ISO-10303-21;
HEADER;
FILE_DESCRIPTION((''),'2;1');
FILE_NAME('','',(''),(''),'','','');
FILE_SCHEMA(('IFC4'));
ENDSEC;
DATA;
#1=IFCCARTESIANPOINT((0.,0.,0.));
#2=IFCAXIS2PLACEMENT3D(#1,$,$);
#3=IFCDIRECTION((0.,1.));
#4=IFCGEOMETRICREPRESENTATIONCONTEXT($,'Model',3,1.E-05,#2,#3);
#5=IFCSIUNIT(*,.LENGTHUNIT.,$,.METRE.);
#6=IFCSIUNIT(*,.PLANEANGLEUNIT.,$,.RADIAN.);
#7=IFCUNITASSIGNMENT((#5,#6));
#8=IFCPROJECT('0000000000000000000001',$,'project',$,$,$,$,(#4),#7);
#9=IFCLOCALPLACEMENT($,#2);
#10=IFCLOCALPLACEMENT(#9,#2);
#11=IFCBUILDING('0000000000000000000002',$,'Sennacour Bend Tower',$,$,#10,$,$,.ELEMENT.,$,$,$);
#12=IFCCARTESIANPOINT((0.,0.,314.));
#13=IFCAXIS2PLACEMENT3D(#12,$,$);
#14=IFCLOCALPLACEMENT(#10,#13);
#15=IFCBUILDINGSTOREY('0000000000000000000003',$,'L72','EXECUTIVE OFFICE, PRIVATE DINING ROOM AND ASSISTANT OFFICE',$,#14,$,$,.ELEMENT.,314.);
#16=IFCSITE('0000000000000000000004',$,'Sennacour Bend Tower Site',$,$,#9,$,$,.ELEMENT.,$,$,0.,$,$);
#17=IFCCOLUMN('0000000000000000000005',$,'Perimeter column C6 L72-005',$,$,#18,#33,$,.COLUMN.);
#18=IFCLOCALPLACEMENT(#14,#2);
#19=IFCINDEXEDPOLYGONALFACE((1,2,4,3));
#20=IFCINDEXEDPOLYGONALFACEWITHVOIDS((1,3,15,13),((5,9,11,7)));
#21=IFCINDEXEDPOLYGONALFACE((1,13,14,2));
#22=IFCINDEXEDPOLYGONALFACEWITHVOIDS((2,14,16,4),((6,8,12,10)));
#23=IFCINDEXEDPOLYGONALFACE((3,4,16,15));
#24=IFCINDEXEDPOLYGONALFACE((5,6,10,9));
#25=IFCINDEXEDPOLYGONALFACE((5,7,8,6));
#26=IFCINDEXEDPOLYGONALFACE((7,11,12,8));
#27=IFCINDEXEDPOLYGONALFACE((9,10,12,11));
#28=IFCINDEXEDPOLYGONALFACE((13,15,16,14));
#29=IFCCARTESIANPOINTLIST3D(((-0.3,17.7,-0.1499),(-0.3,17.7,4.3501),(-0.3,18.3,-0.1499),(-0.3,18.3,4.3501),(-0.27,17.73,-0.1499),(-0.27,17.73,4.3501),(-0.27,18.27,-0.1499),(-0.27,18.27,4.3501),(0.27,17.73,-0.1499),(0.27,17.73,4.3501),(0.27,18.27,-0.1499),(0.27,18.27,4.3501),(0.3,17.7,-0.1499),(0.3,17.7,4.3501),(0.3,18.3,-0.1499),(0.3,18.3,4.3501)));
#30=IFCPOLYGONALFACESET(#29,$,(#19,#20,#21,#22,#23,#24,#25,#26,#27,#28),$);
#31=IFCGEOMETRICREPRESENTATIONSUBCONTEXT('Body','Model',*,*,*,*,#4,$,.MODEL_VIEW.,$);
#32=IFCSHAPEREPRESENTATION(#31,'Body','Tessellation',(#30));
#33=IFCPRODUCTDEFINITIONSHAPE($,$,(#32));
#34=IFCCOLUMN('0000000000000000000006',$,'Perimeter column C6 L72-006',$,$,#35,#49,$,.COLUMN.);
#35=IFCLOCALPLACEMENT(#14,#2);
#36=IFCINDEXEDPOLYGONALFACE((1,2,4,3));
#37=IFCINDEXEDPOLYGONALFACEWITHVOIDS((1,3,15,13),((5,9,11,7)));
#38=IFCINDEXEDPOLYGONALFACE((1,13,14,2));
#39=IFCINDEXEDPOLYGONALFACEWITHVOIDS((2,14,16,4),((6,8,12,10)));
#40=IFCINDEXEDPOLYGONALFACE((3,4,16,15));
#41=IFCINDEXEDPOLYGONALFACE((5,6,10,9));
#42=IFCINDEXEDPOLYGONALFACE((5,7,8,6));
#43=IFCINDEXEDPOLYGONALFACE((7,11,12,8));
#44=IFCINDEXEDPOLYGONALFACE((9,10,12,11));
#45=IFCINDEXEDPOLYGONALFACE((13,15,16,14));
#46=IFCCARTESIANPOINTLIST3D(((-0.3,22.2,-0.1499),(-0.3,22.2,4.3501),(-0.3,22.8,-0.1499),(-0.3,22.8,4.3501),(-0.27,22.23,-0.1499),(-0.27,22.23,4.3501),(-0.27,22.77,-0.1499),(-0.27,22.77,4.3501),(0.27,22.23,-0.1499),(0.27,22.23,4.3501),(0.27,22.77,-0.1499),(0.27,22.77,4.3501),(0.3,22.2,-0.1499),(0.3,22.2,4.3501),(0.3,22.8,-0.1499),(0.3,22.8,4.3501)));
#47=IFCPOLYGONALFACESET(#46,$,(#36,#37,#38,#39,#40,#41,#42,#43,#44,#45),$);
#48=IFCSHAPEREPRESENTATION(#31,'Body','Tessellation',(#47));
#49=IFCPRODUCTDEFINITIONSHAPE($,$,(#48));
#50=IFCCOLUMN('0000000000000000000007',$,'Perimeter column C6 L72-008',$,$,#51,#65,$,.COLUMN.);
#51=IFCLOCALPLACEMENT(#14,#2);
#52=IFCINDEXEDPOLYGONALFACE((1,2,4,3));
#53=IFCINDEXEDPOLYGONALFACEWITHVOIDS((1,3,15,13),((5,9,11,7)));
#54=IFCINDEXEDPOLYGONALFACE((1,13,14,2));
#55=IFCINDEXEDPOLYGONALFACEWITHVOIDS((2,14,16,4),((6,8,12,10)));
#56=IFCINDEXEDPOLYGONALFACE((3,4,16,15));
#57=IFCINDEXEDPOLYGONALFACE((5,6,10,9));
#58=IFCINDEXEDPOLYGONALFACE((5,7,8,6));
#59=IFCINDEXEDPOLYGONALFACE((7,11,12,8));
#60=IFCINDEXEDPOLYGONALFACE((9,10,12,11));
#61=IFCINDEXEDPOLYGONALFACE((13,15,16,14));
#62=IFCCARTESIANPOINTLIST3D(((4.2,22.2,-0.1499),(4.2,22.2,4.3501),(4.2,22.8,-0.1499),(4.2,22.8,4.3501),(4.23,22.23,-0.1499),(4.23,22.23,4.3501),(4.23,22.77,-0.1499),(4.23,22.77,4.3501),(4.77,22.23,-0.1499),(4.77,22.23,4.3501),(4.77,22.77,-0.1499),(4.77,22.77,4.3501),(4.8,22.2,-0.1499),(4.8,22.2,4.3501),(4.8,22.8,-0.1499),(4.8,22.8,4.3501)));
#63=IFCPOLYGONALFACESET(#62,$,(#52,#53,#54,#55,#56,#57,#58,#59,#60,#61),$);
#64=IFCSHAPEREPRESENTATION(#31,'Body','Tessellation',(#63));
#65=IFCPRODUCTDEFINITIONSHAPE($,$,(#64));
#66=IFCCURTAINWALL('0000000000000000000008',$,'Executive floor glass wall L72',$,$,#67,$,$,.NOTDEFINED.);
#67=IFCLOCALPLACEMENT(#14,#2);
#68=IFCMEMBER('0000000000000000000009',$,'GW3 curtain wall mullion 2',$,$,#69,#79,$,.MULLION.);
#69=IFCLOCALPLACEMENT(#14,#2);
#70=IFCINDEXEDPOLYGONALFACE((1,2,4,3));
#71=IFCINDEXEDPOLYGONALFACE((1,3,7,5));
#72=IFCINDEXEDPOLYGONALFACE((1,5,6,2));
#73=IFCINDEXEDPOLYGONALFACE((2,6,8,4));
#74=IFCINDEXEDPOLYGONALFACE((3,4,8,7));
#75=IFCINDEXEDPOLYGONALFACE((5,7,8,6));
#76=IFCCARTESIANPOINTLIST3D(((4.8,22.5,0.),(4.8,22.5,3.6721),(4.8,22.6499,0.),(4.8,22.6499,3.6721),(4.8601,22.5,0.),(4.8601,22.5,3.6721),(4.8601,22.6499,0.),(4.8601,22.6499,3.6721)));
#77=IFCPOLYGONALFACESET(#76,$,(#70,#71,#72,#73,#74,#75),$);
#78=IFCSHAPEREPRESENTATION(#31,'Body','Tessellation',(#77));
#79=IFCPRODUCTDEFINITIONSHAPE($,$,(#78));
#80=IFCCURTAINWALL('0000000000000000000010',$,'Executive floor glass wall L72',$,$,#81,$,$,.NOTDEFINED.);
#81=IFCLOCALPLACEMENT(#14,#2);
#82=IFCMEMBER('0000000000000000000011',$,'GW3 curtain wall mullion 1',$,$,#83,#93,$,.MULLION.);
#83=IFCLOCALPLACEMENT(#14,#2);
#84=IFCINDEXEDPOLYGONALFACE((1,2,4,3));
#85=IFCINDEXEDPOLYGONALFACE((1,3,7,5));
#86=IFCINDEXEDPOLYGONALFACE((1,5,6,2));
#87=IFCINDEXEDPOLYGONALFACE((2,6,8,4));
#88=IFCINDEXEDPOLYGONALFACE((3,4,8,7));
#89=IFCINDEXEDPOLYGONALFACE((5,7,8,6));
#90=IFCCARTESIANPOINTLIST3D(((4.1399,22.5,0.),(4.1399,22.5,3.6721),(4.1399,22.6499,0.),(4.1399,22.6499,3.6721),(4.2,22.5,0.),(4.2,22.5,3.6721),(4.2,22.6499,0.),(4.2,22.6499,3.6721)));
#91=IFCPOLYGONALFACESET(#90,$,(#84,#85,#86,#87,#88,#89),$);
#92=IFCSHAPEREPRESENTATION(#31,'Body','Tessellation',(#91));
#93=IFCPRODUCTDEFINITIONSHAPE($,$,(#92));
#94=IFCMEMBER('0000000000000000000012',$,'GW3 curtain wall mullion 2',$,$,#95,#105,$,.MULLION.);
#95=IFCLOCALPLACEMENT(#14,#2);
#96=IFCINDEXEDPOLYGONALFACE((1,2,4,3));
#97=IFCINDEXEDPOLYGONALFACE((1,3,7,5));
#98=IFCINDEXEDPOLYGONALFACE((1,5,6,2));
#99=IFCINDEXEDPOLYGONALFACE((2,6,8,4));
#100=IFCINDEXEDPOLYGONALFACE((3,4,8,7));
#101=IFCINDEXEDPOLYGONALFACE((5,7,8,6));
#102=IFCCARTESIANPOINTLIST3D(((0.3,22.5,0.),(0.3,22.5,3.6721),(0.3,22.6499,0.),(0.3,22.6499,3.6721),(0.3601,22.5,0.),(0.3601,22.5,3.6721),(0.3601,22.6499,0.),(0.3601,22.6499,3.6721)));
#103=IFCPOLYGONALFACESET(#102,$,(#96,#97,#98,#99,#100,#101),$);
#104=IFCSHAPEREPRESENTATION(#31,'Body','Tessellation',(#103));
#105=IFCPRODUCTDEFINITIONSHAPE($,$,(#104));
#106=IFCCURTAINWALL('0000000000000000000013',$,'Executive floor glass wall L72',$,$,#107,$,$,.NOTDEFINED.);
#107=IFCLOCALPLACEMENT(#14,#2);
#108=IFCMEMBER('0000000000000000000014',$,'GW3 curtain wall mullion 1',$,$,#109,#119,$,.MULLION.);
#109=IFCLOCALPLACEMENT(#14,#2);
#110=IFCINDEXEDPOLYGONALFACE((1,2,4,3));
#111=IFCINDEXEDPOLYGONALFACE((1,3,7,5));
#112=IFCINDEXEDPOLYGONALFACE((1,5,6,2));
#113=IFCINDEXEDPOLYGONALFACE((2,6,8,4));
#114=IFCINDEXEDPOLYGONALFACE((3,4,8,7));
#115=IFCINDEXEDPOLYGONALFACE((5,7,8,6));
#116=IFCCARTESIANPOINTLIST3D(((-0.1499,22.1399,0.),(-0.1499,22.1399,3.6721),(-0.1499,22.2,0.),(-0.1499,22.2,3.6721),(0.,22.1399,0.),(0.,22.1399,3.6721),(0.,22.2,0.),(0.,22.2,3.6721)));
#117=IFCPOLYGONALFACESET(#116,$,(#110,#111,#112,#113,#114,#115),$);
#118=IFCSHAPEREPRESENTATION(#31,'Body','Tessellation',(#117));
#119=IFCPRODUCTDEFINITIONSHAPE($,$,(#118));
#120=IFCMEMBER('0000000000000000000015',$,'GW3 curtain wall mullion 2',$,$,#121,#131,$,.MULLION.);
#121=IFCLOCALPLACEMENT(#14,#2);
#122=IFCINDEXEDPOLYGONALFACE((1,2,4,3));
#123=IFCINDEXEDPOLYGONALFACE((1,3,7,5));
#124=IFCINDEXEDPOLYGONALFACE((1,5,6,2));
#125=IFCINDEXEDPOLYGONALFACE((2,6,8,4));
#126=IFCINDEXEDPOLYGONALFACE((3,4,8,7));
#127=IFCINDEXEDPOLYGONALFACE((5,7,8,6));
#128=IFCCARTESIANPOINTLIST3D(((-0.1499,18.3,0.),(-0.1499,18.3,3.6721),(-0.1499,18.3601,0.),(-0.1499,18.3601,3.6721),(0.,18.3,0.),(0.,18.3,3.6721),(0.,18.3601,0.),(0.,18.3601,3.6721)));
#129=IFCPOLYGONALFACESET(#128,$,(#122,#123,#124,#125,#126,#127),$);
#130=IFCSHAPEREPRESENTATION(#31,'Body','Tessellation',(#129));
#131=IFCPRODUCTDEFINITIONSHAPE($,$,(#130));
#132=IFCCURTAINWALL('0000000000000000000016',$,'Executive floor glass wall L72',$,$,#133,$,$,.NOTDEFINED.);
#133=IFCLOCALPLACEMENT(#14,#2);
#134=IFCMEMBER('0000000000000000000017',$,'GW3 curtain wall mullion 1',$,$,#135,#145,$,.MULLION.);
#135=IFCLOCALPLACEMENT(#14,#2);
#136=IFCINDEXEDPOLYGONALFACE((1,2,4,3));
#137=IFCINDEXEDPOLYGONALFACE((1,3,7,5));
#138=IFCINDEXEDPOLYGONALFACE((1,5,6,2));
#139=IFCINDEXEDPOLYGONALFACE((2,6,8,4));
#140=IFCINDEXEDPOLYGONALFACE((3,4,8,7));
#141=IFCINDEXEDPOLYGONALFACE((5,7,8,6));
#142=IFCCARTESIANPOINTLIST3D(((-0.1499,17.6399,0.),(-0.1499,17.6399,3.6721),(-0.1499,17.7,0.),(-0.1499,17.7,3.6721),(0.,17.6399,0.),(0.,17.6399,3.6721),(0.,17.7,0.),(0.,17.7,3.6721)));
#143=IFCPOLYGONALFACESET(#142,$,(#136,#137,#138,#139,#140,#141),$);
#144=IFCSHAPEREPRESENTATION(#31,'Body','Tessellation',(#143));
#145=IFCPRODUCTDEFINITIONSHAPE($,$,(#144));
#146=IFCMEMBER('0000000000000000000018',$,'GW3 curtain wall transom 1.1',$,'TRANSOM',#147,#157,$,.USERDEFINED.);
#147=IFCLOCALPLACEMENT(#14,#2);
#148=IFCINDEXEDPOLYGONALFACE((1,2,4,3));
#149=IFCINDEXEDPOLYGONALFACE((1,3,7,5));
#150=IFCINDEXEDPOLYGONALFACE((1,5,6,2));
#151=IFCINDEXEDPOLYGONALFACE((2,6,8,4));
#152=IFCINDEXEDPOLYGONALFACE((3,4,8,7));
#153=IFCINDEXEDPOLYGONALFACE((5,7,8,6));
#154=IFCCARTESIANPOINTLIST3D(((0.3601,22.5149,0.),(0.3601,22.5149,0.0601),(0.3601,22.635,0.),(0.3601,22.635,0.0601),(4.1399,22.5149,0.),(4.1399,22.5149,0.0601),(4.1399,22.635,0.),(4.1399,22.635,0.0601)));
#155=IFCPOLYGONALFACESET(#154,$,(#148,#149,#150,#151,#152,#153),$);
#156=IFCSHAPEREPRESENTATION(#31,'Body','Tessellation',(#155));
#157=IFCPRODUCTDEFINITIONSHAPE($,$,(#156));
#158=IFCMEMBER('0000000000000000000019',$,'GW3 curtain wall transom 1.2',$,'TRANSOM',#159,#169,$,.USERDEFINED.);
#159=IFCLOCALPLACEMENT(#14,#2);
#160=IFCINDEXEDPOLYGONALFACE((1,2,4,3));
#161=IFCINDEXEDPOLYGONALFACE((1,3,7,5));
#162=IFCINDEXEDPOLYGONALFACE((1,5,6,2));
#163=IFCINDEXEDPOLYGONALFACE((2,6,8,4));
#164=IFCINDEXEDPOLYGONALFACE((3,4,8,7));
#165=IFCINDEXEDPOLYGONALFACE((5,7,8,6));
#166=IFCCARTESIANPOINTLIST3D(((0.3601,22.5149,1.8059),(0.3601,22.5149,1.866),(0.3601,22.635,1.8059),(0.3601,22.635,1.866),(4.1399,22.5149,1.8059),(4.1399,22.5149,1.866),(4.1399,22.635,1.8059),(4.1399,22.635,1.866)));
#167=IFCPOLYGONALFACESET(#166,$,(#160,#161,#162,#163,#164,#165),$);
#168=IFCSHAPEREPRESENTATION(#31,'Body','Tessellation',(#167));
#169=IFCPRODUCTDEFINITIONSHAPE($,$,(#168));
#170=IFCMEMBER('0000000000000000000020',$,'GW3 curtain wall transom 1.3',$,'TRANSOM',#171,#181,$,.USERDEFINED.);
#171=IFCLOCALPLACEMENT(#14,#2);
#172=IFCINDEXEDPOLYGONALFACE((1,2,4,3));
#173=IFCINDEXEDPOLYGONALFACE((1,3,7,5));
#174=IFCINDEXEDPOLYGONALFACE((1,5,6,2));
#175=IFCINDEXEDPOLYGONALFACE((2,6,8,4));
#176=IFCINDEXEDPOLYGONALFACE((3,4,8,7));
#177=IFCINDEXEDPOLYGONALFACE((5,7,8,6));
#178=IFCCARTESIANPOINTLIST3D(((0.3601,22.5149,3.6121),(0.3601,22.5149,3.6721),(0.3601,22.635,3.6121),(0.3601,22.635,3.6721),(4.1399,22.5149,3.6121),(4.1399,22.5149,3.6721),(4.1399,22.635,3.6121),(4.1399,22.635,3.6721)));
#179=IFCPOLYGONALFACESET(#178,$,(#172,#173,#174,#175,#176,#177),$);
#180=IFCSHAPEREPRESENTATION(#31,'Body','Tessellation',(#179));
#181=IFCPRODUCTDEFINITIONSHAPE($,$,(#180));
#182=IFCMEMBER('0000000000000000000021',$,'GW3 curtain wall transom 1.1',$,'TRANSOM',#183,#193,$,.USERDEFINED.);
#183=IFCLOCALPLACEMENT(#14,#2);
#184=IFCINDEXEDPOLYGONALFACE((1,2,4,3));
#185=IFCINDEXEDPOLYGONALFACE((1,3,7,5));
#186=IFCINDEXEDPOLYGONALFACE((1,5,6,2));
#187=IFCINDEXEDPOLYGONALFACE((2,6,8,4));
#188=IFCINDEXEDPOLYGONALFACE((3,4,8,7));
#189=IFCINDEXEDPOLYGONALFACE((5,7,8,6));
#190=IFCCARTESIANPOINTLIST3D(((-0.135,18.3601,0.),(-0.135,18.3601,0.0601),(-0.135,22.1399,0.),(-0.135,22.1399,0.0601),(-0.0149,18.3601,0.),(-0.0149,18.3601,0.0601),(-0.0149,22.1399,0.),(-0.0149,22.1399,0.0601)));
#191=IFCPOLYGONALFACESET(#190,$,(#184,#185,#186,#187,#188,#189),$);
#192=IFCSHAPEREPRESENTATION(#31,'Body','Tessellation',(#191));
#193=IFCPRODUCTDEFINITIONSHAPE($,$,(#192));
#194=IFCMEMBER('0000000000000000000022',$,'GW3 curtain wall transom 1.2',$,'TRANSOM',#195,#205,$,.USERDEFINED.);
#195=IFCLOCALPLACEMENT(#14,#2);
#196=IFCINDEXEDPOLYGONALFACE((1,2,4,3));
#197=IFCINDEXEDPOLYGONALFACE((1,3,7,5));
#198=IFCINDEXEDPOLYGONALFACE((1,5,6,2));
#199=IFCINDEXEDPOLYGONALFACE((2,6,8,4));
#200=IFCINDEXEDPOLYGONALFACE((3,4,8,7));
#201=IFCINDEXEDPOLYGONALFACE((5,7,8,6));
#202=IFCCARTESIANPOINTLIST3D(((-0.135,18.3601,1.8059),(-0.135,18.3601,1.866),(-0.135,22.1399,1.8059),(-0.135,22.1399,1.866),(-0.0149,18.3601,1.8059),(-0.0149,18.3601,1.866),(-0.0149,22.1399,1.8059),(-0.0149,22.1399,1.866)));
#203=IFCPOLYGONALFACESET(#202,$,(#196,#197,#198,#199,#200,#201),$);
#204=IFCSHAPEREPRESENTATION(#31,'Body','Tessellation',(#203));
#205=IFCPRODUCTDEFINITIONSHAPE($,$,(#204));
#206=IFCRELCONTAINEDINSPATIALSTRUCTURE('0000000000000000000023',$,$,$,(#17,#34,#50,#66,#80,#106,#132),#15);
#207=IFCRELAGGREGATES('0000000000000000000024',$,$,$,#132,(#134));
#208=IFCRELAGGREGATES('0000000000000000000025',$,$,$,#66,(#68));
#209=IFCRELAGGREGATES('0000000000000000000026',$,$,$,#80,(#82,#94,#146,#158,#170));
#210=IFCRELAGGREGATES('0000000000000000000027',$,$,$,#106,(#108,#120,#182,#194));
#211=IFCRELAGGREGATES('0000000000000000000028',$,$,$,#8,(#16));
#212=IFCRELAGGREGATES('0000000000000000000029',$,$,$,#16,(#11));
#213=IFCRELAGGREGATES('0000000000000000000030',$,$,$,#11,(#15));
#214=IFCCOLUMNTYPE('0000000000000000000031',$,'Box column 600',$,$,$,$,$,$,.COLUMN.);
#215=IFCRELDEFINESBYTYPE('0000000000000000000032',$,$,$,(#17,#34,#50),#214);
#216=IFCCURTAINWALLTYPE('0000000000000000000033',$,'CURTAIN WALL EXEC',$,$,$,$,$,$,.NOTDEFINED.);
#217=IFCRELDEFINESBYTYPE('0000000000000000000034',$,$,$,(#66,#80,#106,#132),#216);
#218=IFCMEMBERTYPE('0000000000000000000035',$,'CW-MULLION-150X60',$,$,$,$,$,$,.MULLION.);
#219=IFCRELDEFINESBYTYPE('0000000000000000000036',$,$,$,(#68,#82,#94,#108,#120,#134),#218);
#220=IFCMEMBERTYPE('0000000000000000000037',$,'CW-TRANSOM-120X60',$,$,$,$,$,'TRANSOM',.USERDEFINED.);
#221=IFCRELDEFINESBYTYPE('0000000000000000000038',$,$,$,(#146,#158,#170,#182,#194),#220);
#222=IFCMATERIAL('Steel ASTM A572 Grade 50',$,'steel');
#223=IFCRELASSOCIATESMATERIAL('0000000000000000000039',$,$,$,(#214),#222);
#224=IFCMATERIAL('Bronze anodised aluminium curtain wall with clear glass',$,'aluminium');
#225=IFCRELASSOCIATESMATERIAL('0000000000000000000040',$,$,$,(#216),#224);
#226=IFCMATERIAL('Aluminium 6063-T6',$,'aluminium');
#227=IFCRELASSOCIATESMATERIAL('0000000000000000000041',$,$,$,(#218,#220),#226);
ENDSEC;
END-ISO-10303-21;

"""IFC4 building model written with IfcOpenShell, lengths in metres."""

from ifc_helpers import new_model, si_unit, direction, frame, origin, origin_2d, place, context, subcontext, project, spatial, rectangle, hollow_rectangle, extrude, material, material_profile, profile_set, type_object, element, aggregate, save


model = new_model("IFC4")

# Units and contexts
model_context = context("Model", 3, precision=1e-05, world=origin(), true_north=direction((0.0, 1.0)))
body_context = subcontext(model_context, "Body", "Model", "MODEL_VIEW")
ifc_project = project(units=[si_unit("LENGTHUNIT", "METRE"), si_unit("PLANEANGLEUNIT", "RADIAN")], contexts=[model_context])

# Site, building, storey
site_placement = place(None, origin())
site = spatial("IfcSite", under=ifc_project, at=site_placement, Name="Sennacour Bend Tower Site", CompositionType="ELEMENT", RefElevation=0.0)
building_placement = place(site_placement, origin())
building = spatial("IfcBuilding", under=site, at=building_placement, Name="Sennacour Bend Tower", CompositionType="ELEMENT")
storey_placement = place(building_placement, frame((0.0, 0.0, 314.0)))
storey = spatial("IfcBuildingStorey", under=building, at=storey_placement, Name="L72", Description="EXECUTIVE OFFICE, PRIVATE DINING ROOM AND ASSISTANT OFFICE", CompositionType="ELEMENT", Elevation=314.0)

# Columns
ifc_material_1 = material(Name="Steel ASTM A572 Grade 50", Category="steel")
ifc_material_profile_1 = material_profile(ifc_material_1, hollow_rectangle(XDim=0.6001, YDim=0.6001, WallThickness=0.03, at=origin_2d()), Name="Steel ASTM A572 Grade 50", Category="steel")
ifc_profile_set_1 = profile_set([ifc_material_profile_1], Name="Steel ASTM A572 Grade 50")
column_type = type_object("IfcColumnType", Name="Box column 600", PredefinedType="COLUMN", material=ifc_profile_set_1)
for number, where, z_axis, x_axis, name in (
    (1, (0.0, 18.0, -0.1499), (0.0, 0.0, 1.0), (1.0, 0.0, 0.0), "Perimeter column C6 L72-005"),
    (2, (0.0, 22.5, -0.1499), (0.0, 0.0, 1.0), (1.0, 0.0, 0.0), "Perimeter column C6 L72-006"),
    (3, (4.5, 22.5, -0.1499), (0.0, 0.0, 1.0), (1.0, 0.0, 0.0), "Perimeter column C6 L72-008"),
):
    element("IfcColumn", number, at=place(storey_placement, frame(where, z_axis=z_axis, x_axis=x_axis)), inside=storey, type_object=column_type, Name=name, PredefinedType="COLUMN", context=body_context, shape_type="SweptSolid", body=[
        extrude(hollow_rectangle(XDim=0.6001, YDim=0.6001, WallThickness=0.03, at=origin_2d()), origin(), (0.0, 0.0, 1.0), 4.5),
    ])

# Curtain wall, member
ifc_material_2 = material(Name="Bronze anodised aluminium curtain wall with clear glass", Category="aluminium")
curtain_wall_type = type_object("IfcCurtainWallType", Name="CURTAIN WALL EXEC", PredefinedType="NOTDEFINED", material=ifc_material_2)
curtain_wall_1_placement = place(storey_placement, origin())
curtain_wall_1 = element("IfcCurtainWall", 4, at=curtain_wall_1_placement, inside=storey, type_object=curtain_wall_type, Name="Executive floor glass wall L72", PredefinedType="NOTDEFINED")
ifc_material_3 = material(Name="Aluminium 6063-T6", Category="aluminium")
ifc_material_profile_2 = material_profile(ifc_material_3, rectangle(XDim=0.1499, YDim=0.0601, at=origin_2d()), Name="Aluminium 6063-T6", Category="aluminium")
ifc_profile_set_2 = profile_set([ifc_material_profile_2], Name="Aluminium 6063-T6")
member_type_1 = type_object("IfcMemberType", Name="CW-MULLION-150X60", PredefinedType="MULLION", material=ifc_profile_set_2)
member_1_placement = place(storey_placement, frame((4.8301, 22.575, 0.0), z_axis=(0.0, 0.0, 1.0), x_axis=(0.0, -1.0, 0.0)))
member_1 = element("IfcMember", 5, at=member_1_placement, type_object=member_type_1, Name="GW3 curtain wall mullion 2", PredefinedType="MULLION", context=body_context, shape_type="SweptSolid", body=[
    extrude(rectangle(XDim=0.1499, YDim=0.0601, at=origin_2d()), origin(), (0.0, 0.0, 1.0), 3.6721),
])

# Curtain walls, members
curtain_wall_2_placement = place(storey_placement, origin())
curtain_wall_2 = element("IfcCurtainWall", 6, at=curtain_wall_2_placement, inside=storey, type_object=curtain_wall_type, Name="Executive floor glass wall L72", PredefinedType="NOTDEFINED")
member_2_placement = place(storey_placement, frame((4.1699, 22.575, 0.0), z_axis=(0.0, 0.0, 1.0), x_axis=(0.0, -1.0, 0.0)))
member_2 = element("IfcMember", 7, at=member_2_placement, type_object=member_type_1, Name="GW3 curtain wall mullion 1", PredefinedType="MULLION", context=body_context, shape_type="SweptSolid", body=[
    extrude(rectangle(XDim=0.1499, YDim=0.0601, at=origin_2d()), origin(), (0.0, 0.0, 1.0), 3.6721),
])
member_3_placement = place(storey_placement, frame((0.3301, 22.575, 0.0), z_axis=(0.0, 0.0, 1.0), x_axis=(0.0, -1.0, 0.0)))
member_3 = element("IfcMember", 8, at=member_3_placement, type_object=member_type_1, Name="GW3 curtain wall mullion 2", PredefinedType="MULLION", context=body_context, shape_type="SweptSolid", body=[
    extrude(rectangle(XDim=0.1499, YDim=0.0601, at=origin_2d()), origin(), (0.0, 0.0, 1.0), 3.6721),
])
curtain_wall_3_placement = place(storey_placement, origin())
curtain_wall_3 = element("IfcCurtainWall", 9, at=curtain_wall_3_placement, inside=storey, type_object=curtain_wall_type, Name="Executive floor glass wall L72", PredefinedType="NOTDEFINED")
member_4_placement = place(storey_placement, frame((-0.075, 22.1699, 0.0), z_axis=(0.0, 0.0, 1.0), x_axis=(1.0, 0.0, 0.0)))
member_4 = element("IfcMember", 10, at=member_4_placement, type_object=member_type_1, Name="GW3 curtain wall mullion 1", PredefinedType="MULLION", context=body_context, shape_type="SweptSolid", body=[
    extrude(rectangle(XDim=0.1499, YDim=0.0601, at=origin_2d()), origin(), (0.0, 0.0, 1.0), 3.6721),
])
member_5_placement = place(storey_placement, frame((-0.075, 18.3301, 0.0), z_axis=(0.0, 0.0, 1.0), x_axis=(1.0, 0.0, 0.0)))
member_5 = element("IfcMember", 11, at=member_5_placement, type_object=member_type_1, Name="GW3 curtain wall mullion 2", PredefinedType="MULLION", context=body_context, shape_type="SweptSolid", body=[
    extrude(rectangle(XDim=0.1499, YDim=0.0601, at=origin_2d()), origin(), (0.0, 0.0, 1.0), 3.6721),
])

# Curtain wall, member
curtain_wall_4_placement = place(storey_placement, origin())
curtain_wall_4 = element("IfcCurtainWall", 12, at=curtain_wall_4_placement, inside=storey, type_object=curtain_wall_type, Name="Executive floor glass wall L72", PredefinedType="NOTDEFINED")
member_6_placement = place(storey_placement, frame((-0.075, 17.6699, 0.0), z_axis=(0.0, 0.0, 1.0), x_axis=(1.0, 0.0, 0.0)))
member_6 = element("IfcMember", 13, at=member_6_placement, type_object=member_type_1, Name="GW3 curtain wall mullion 1", PredefinedType="MULLION", context=body_context, shape_type="SweptSolid", body=[
    extrude(rectangle(XDim=0.1499, YDim=0.0601, at=origin_2d()), origin(), (0.0, 0.0, 1.0), 3.6721),
])

# Members
ifc_material_profile_3 = material_profile(ifc_material_3, rectangle(XDim=0.1201, YDim=0.0601, at=origin_2d()), Name="Aluminium 6063-T6", Category="aluminium")
ifc_profile_set_3 = profile_set([ifc_material_profile_3], Name="Aluminium 6063-T6")
member_type_2 = type_object("IfcMemberType", Name="CW-TRANSOM-120X60", ElementType="TRANSOM", PredefinedType="USERDEFINED", material=ifc_profile_set_3)
member_7_placement = place(storey_placement, frame((4.1399, 22.575, 0.03), z_axis=(-1.0, 0.0, 0.0), x_axis=(0.0, -1.0, 0.0)))
member_7 = element("IfcMember", 14, at=member_7_placement, type_object=member_type_2, Name="GW3 curtain wall transom 1.1", ObjectType="TRANSOM", PredefinedType="USERDEFINED", context=body_context, shape_type="SweptSolid", body=[
    extrude(rectangle(XDim=0.1201, YDim=0.0601, at=origin_2d()), origin(), (0.0, 0.0, 1.0), 3.7798),
])
member_8_placement = place(storey_placement, frame((4.1399, 22.575, 1.8359), z_axis=(-1.0, 0.0, 0.0), x_axis=(0.0, -1.0, 0.0)))
member_8 = element("IfcMember", 15, at=member_8_placement, type_object=member_type_2, Name="GW3 curtain wall transom 1.2", ObjectType="TRANSOM", PredefinedType="USERDEFINED", context=body_context, shape_type="SweptSolid", body=[
    extrude(rectangle(XDim=0.1201, YDim=0.0601, at=origin_2d()), origin(), (0.0, 0.0, 1.0), 3.7798),
])
member_9_placement = place(storey_placement, frame((4.1399, 22.575, 3.6421), z_axis=(-1.0, 0.0, 0.0), x_axis=(0.0, -1.0, 0.0)))
member_9 = element("IfcMember", 16, at=member_9_placement, type_object=member_type_2, Name="GW3 curtain wall transom 1.3", ObjectType="TRANSOM", PredefinedType="USERDEFINED", context=body_context, shape_type="SweptSolid", body=[
    extrude(rectangle(XDim=0.1201, YDim=0.0601, at=origin_2d()), origin(), (0.0, 0.0, 1.0), 3.7798),
])
member_10_placement = place(storey_placement, frame((-0.075, 22.1399, 0.03), z_axis=(0.0, -1.0, 0.0), x_axis=(1.0, 0.0, 0.0)))
member_10 = element("IfcMember", 17, at=member_10_placement, type_object=member_type_2, Name="GW3 curtain wall transom 1.1", ObjectType="TRANSOM", PredefinedType="USERDEFINED", context=body_context, shape_type="SweptSolid", body=[
    extrude(rectangle(XDim=0.1201, YDim=0.0601, at=origin_2d()), origin(), (0.0, 0.0, 1.0), 3.7798),
])
member_11_placement = place(storey_placement, frame((-0.075, 22.1399, 1.8359), z_axis=(0.0, -1.0, 0.0), x_axis=(1.0, 0.0, 0.0)))
member_11 = element("IfcMember", 18, at=member_11_placement, type_object=member_type_2, Name="GW3 curtain wall transom 1.2", ObjectType="TRANSOM", PredefinedType="USERDEFINED", context=body_context, shape_type="SweptSolid", body=[
    extrude(rectangle(XDim=0.1201, YDim=0.0601, at=origin_2d()), origin(), (0.0, 0.0, 1.0), 3.7798),
])
aggregate(curtain_wall_4, [member_6])

aggregate(curtain_wall_1, [member_1])
aggregate(curtain_wall_2, [member_2, member_3, member_7, member_8, member_9])
aggregate(curtain_wall_3, [member_4, member_5, member_10, member_11])

save(model, "model.ifc")
